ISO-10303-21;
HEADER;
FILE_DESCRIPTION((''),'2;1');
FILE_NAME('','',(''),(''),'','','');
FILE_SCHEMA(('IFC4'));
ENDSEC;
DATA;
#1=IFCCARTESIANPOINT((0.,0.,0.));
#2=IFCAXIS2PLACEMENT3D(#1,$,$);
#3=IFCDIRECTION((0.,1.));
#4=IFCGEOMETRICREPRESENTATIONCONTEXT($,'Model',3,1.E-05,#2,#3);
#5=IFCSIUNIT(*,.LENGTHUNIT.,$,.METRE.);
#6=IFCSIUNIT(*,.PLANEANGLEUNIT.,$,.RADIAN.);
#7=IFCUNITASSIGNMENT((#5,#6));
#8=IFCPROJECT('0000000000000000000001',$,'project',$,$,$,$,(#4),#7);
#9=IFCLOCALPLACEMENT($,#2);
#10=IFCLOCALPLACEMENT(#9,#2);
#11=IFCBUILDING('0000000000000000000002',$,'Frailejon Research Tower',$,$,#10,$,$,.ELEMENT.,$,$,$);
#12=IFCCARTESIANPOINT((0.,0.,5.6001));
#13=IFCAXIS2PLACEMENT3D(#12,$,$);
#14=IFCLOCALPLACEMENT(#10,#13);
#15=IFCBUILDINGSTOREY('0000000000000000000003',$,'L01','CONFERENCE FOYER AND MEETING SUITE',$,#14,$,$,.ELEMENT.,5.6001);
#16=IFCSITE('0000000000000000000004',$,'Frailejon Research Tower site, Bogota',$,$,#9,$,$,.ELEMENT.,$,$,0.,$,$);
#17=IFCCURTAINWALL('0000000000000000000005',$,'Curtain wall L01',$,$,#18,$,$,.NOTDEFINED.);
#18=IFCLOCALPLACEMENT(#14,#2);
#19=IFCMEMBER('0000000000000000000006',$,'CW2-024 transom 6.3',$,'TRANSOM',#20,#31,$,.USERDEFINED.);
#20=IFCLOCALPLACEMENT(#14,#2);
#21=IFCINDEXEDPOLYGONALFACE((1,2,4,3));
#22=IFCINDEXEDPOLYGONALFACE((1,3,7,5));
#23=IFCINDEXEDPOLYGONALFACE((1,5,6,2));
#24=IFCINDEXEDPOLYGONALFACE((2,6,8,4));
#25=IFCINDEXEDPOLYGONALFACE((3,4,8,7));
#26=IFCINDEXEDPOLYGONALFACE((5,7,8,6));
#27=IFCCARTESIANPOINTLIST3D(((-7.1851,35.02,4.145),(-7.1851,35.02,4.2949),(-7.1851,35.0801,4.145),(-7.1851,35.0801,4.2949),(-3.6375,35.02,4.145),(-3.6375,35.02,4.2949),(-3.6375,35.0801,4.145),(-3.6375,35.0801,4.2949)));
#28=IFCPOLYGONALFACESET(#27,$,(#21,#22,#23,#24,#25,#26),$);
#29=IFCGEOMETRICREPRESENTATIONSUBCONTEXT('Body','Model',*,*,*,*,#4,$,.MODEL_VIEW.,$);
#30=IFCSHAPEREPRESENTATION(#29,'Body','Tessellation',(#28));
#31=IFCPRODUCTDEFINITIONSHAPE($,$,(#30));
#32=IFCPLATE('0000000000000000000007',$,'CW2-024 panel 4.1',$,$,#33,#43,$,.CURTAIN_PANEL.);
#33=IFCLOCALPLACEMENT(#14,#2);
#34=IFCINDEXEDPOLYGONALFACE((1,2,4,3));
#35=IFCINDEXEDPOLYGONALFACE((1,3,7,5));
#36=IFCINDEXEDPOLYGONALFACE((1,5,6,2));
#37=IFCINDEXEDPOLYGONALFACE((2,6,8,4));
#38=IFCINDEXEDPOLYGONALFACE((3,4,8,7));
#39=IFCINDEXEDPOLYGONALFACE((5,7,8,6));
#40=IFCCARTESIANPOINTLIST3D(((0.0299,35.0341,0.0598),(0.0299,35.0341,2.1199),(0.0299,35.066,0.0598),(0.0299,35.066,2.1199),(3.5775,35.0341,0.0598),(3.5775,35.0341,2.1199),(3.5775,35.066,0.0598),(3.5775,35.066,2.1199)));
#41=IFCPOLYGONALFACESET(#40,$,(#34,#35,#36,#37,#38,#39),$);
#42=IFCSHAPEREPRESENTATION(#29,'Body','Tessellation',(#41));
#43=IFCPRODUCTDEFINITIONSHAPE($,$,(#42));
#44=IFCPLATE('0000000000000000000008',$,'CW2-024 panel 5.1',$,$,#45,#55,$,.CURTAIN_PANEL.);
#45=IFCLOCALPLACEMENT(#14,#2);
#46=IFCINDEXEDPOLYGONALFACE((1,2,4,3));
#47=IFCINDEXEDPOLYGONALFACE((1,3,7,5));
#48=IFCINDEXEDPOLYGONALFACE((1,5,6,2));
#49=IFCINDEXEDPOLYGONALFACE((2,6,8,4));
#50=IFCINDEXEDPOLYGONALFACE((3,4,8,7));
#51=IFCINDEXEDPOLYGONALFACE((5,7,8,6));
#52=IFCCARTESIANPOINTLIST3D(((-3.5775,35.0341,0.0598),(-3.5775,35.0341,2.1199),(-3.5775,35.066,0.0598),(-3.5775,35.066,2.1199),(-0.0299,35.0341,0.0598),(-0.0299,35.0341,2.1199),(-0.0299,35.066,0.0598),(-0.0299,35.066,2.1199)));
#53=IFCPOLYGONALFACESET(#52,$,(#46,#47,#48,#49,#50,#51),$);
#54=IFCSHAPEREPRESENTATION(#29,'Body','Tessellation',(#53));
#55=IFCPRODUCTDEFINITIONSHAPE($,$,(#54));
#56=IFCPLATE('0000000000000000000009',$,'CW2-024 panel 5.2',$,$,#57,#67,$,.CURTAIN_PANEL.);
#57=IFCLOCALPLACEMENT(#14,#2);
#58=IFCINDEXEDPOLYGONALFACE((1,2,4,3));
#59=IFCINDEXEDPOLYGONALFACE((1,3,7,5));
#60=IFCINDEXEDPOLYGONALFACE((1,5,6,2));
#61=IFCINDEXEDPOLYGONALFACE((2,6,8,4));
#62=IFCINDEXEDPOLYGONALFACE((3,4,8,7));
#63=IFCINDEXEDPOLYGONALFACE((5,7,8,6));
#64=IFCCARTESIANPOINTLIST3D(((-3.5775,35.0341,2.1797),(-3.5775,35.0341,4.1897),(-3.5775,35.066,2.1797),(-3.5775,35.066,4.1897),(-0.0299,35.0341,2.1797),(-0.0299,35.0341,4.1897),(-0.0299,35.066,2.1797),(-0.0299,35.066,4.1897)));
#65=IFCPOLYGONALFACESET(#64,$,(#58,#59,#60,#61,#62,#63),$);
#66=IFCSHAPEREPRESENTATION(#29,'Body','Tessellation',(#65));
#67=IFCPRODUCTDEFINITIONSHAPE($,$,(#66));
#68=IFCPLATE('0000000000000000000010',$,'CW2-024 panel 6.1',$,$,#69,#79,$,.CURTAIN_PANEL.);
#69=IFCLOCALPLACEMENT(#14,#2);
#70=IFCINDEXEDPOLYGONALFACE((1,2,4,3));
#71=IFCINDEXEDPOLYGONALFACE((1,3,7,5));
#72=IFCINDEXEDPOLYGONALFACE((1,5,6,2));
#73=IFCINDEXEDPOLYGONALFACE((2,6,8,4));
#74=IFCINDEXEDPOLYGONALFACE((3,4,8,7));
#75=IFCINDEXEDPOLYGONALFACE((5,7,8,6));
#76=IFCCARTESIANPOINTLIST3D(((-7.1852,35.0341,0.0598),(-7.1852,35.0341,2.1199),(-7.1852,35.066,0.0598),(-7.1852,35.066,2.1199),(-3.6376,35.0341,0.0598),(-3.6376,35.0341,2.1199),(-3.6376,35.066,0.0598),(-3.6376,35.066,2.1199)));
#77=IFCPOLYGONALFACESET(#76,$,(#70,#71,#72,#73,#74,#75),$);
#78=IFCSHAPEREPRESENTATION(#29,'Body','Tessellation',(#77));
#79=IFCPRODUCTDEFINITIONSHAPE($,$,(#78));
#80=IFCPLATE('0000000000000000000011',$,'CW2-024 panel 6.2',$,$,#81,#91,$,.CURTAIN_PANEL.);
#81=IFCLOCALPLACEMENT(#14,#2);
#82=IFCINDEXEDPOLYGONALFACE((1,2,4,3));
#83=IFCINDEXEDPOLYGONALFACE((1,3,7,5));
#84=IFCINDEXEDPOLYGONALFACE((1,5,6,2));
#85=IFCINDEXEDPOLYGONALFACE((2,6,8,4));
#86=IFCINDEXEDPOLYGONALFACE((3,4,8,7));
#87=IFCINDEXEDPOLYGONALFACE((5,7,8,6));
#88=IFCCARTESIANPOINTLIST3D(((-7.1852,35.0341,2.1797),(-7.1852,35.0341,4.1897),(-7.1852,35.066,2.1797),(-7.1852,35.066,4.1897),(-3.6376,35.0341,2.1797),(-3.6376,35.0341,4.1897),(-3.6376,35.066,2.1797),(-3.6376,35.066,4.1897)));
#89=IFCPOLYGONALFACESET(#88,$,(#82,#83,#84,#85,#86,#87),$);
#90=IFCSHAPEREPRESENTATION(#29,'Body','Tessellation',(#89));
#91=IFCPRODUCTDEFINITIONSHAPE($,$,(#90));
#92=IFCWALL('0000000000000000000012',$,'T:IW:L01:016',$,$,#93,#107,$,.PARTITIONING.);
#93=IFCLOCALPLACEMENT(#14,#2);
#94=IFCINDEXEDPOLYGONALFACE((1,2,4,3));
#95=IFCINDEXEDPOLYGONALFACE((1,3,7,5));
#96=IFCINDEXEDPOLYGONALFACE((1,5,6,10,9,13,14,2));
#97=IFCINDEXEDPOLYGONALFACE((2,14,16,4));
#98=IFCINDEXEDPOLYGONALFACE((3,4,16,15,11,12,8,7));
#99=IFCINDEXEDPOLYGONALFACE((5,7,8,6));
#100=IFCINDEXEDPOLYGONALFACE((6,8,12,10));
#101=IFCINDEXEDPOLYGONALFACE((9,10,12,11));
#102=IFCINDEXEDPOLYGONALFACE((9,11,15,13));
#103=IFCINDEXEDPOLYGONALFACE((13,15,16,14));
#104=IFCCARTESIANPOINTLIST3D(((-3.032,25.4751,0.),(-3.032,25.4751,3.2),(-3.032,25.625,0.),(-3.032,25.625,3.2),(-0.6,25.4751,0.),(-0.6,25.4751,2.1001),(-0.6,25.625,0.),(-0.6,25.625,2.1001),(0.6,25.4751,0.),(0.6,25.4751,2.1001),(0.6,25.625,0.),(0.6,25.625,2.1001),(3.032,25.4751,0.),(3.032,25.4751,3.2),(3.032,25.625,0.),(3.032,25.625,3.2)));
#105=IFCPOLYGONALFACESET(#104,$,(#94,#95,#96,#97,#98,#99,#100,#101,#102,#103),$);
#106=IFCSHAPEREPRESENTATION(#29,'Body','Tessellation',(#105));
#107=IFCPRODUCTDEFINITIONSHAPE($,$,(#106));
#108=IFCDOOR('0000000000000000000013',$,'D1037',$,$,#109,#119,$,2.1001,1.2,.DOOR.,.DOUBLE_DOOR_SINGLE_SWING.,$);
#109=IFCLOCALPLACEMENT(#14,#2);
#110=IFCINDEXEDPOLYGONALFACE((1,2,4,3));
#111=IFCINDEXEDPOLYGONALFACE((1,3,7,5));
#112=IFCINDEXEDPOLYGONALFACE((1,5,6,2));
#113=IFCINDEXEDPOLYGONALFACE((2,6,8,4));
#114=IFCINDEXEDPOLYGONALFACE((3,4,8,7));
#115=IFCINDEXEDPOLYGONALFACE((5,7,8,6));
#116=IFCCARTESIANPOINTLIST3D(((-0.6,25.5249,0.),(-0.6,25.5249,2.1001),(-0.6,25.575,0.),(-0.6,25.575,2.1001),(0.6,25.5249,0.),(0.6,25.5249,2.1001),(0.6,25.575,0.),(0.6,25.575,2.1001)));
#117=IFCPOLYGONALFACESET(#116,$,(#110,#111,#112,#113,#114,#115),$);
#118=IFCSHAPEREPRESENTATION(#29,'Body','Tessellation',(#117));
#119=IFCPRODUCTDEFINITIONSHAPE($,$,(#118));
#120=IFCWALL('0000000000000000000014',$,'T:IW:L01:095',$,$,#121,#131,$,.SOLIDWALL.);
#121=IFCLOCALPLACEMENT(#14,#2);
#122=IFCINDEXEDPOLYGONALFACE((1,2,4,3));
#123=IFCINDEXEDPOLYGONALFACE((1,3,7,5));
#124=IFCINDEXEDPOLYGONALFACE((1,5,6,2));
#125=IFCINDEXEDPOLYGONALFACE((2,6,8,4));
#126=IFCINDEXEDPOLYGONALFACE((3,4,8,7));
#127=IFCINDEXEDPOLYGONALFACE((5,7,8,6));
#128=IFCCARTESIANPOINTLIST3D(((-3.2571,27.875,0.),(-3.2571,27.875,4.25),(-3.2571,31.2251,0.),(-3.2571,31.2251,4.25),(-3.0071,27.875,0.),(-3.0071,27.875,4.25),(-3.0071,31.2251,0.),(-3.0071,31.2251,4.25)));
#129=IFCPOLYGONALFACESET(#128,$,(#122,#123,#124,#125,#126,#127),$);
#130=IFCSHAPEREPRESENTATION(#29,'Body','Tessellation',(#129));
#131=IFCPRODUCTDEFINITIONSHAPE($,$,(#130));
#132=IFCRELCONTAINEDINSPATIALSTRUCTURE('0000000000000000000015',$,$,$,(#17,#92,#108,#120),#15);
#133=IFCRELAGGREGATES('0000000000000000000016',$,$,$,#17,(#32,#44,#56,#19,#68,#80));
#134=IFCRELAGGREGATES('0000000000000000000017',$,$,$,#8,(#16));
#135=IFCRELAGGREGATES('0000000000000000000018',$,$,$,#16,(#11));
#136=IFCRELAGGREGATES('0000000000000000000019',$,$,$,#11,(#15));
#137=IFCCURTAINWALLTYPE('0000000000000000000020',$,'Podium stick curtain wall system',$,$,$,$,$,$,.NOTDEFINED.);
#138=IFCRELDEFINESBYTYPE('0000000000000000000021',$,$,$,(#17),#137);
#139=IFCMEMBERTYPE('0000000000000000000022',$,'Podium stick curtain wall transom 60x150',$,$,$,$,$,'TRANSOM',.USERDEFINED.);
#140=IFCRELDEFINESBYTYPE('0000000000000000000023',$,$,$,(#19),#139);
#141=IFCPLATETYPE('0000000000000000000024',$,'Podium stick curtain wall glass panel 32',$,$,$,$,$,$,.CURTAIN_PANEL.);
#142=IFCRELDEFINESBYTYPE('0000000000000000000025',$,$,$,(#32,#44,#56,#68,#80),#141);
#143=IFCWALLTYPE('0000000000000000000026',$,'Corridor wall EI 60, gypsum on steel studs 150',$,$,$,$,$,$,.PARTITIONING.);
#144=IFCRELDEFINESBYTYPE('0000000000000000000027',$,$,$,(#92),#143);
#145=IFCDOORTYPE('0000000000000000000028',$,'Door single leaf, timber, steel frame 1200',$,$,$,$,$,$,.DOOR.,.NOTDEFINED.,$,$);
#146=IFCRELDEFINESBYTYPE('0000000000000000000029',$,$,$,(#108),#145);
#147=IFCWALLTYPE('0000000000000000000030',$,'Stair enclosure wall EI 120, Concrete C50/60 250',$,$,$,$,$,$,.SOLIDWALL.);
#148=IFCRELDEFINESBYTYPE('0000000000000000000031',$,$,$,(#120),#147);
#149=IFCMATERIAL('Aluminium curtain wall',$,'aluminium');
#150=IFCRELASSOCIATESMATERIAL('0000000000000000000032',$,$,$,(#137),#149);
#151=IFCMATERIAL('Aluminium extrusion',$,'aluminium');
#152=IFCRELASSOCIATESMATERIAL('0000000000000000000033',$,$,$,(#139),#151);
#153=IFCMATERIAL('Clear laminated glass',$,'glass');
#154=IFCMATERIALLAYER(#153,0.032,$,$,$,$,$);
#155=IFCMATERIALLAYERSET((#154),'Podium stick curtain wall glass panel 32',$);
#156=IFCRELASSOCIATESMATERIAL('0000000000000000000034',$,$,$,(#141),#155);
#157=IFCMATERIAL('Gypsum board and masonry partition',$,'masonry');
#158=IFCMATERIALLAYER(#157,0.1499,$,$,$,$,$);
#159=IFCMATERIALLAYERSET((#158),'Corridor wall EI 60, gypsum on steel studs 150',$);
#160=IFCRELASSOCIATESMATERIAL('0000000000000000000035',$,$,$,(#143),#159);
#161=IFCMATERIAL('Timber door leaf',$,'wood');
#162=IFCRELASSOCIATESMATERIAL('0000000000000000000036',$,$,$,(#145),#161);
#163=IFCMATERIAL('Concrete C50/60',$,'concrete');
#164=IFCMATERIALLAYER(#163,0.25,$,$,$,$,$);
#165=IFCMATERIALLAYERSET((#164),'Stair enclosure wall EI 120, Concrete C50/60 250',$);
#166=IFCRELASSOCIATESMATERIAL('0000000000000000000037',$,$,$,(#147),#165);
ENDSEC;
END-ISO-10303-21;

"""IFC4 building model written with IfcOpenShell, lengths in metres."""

from ifc_helpers import new_model, si_unit, direction, frame, frame_2d, origin, origin_2d, place, context, subcontext, project, spatial, rectangle, extrude, material, layer, layer_set, material_profile, profile_set, type_object, element, fill, aggregate, save


model = new_model("IFC4")

# Units and contexts
model_context = context("Model", 3, precision=1e-05, world=origin(), true_north=direction((0.0, 1.0)))
body_context = subcontext(model_context, "Body", "Model", "MODEL_VIEW")
ifc_project = project(units=[si_unit("LENGTHUNIT", "METRE"), si_unit("PLANEANGLEUNIT", "RADIAN")], contexts=[model_context])

# Site, building, storey
site_placement = place(None, origin())
site = spatial("IfcSite", under=ifc_project, at=site_placement, Name="Frailejon Research Tower site, Bogota", CompositionType="ELEMENT", RefElevation=0.0)
building_placement = place(site_placement, origin())
building = spatial("IfcBuilding", under=site, at=building_placement, Name="Frailejon Research Tower", CompositionType="ELEMENT")
storey_placement = place(building_placement, frame((0.0, 0.0, 5.6001)))
storey = spatial("IfcBuildingStorey", under=building, at=storey_placement, Name="L01", Description="CONFERENCE FOYER AND MEETING SUITE", CompositionType="ELEMENT", Elevation=5.6001)

# Curtain wall, member, plates
ifc_material_1 = material(Name="Aluminium curtain wall", Category="aluminium")
curtain_wall_type = type_object("IfcCurtainWallType", Name="Podium stick curtain wall system", PredefinedType="NOTDEFINED", material=ifc_material_1)
curtain_wall_placement = place(storey_placement, origin())
curtain_wall = element("IfcCurtainWall", 1, at=curtain_wall_placement, inside=storey, type_object=curtain_wall_type, Name="Curtain wall L01", PredefinedType="NOTDEFINED")
ifc_material_2 = material(Name="Aluminium extrusion", Category="aluminium")
ifc_material_profile_1 = material_profile(ifc_material_2, rectangle(XDim=0.0601, YDim=0.1499, at=origin_2d()), Name="Podium stick curtain wall transom 60x150")
ifc_profile_set_1 = profile_set([ifc_material_profile_1], Name="Aluminium extrusion")
member_type_1 = type_object("IfcMemberType", Name="Podium stick curtain wall transom 60x150", ElementType="TRANSOM", PredefinedType="USERDEFINED", material=ifc_profile_set_1)
member_1_placement = place(storey_placement, frame((-3.6375, 35.05, 4.22), z_axis=(-1.0, 0.0, 0.0), x_axis=(0.0, -1.0, 0.0)))
member_1 = element("IfcMember", 2, at=member_1_placement, type_object=member_type_1, Name="CW2-024 transom 6.3", ObjectType="TRANSOM", PredefinedType="USERDEFINED", context=body_context, shape_type="SweptSolid", body=[
    extrude(rectangle(XDim=0.0601, YDim=0.1499, at=origin_2d()), origin(), (0.0, 0.0, 1.0), 3.5476),
])
ifc_material_3 = material(Name="Clear laminated glass", Category="glass")
ifc_layer_1 = layer(ifc_material_3, 0.032)
ifc_layer_set_1 = layer_set([ifc_layer_1], Name="Podium stick curtain wall glass panel 32")
plate_type = type_object("IfcPlateType", Name="Podium stick curtain wall glass panel 32", PredefinedType="CURTAIN_PANEL", material=ifc_layer_set_1)
plate_1_placement = place(storey_placement, frame((1.8037, 35.05, 0.0598), z_axis=(0.0, 0.0, 1.0), x_axis=(-1.0, 0.0, 0.0)))
plate_1 = element("IfcPlate", 3, at=plate_1_placement, type_object=plate_type, Name="CW2-024 panel 4.1", PredefinedType="CURTAIN_PANEL", context=body_context, shape_type="SweptSolid", body=[
    extrude(rectangle(XDim=3.5476, YDim=0.032, at=origin_2d()), origin(), (0.0, 0.0, 1.0), 2.0601),
])
plate_2_placement = place(storey_placement, frame((-1.8037, 35.05, 0.0598), z_axis=(0.0, 0.0, 1.0), x_axis=(-1.0, 0.0, 0.0)))
plate_2 = element("IfcPlate", 4, at=plate_2_placement, type_object=plate_type, Name="CW2-024 panel 5.1", PredefinedType="CURTAIN_PANEL", context=body_context, shape_type="SweptSolid", body=[
    extrude(rectangle(XDim=3.5476, YDim=0.032, at=origin_2d()), origin(), (0.0, 0.0, 1.0), 2.0601),
])
plate_3_placement = place(storey_placement, frame((-1.8037, 35.05, 2.1797), z_axis=(0.0, 0.0, 1.0), x_axis=(-1.0, 0.0, 0.0)))
plate_3 = element("IfcPlate", 5, at=plate_3_placement, type_object=plate_type, Name="CW2-024 panel 5.2", PredefinedType="CURTAIN_PANEL", context=body_context, shape_type="SweptSolid", body=[
    extrude(rectangle(XDim=3.5476, YDim=0.032, at=origin_2d()), origin(), (0.0, 0.0, 1.0), 2.01),
])
plate_4_placement = place(storey_placement, frame((-5.4114, 35.05, 0.0598), z_axis=(0.0, 0.0, 1.0), x_axis=(-1.0, 0.0, 0.0)))
plate_4 = element("IfcPlate", 6, at=plate_4_placement, type_object=plate_type, Name="CW2-024 panel 6.1", PredefinedType="CURTAIN_PANEL", context=body_context, shape_type="SweptSolid", body=[
    extrude(rectangle(XDim=3.5476, YDim=0.032, at=origin_2d()), origin(), (0.0, 0.0, 1.0), 2.0601),
])
plate_5_placement = place(storey_placement, frame((-5.4114, 35.05, 2.1797), z_axis=(0.0, 0.0, 1.0), x_axis=(-1.0, 0.0, 0.0)))
plate_5 = element("IfcPlate", 7, at=plate_5_placement, type_object=plate_type, Name="CW2-024 panel 6.2", PredefinedType="CURTAIN_PANEL", context=body_context, shape_type="SweptSolid", body=[
    extrude(rectangle(XDim=3.5476, YDim=0.032, at=origin_2d()), origin(), (0.0, 0.0, 1.0), 2.01),
])
aggregate(curtain_wall, [plate_1, plate_2, plate_3, member_1, plate_4, plate_5])

# Wall, opening, door
ifc_material_4 = material(Name="Gypsum board and masonry partition", Category="masonry")
ifc_layer_2 = layer(ifc_material_4, 0.1499)
ifc_layer_set_2 = layer_set([ifc_layer_2], Name="Corridor wall EI 60, gypsum on steel studs 150")
wall_type_1 = type_object("IfcWallType", Name="Corridor wall EI 60, gypsum on steel studs 150", PredefinedType="PARTITIONING", material=ifc_layer_set_2)
wall_1_placement = place(storey_placement, frame((-3.032, 25.55, 0.0), z_axis=(0.0, 0.0, 1.0), x_axis=(1.0, 0.0, 0.0)))
wall_1 = element("IfcWall", 8, at=wall_1_placement, inside=storey, type_object=wall_type_1, Name="T:IW:L01:016", PredefinedType="PARTITIONING", context=body_context, shape_type="SweptSolid", body=[
    extrude(rectangle(XDim=6.064, YDim=0.1499, at=frame_2d((3.032, 0.0))), origin(), (0.0, 0.0, 1.0), 3.2),
])
opening_placement = place(wall_1_placement, frame((2.4319, 0.0, 0.0)))
opening = element("IfcOpeningElement", 9, at=opening_placement, cuts=wall_1, PredefinedType="OPENING", context=body_context, shape_type="SweptSolid", body=[
    extrude(rectangle(XDim=1.2, YDim=2.1001, at=frame_2d((0.6001, 1.05))), frame((0.0, 0.085, 0.0), z_axis=(0.0, -1.0, 0.0), x_axis=(1.0, 0.0, 0.0)), (0.0, 0.0, 1.0), 0.1699),
])
ifc_material_5 = material(Name="Timber door leaf", Category="wood")
door_type = type_object("IfcDoorType", Name="Door single leaf, timber, steel frame 1200", OperationType="NOTDEFINED", PredefinedType="DOOR", material=ifc_material_5)
door_placement = place(opening_placement, origin())
door = element("IfcDoor", 10, at=door_placement, inside=storey, type_object=door_type, Name="D1037", OperationType="DOUBLE_DOOR_SINGLE_SWING", OverallHeight=2.1001, OverallWidth=1.2, PredefinedType="DOOR", context=body_context, shape_type="SweptSolid", body=[
    extrude(rectangle(XDim=1.2, YDim=2.1001, at=frame_2d((0.6001, 1.05))), frame((0.0, 0.0249, 0.0), z_axis=(0.0, -1.0, 0.0), x_axis=(1.0, 0.0, 0.0)), (0.0, 0.0, 1.0), 0.05),
])
fill(opening, door)

# Wall
ifc_material_6 = material(Name="Concrete C50/60", Category="concrete")
ifc_layer_3 = layer(ifc_material_6, 0.25)
ifc_layer_set_3 = layer_set([ifc_layer_3], Name="Stair enclosure wall EI 120, Concrete C50/60 250")
wall_type_2 = type_object("IfcWallType", Name="Stair enclosure wall EI 120, Concrete C50/60 250", PredefinedType="SOLIDWALL", material=ifc_layer_set_3)
wall_2_placement = place(storey_placement, frame((-3.1321, 27.875, 0.0), z_axis=(0.0, 0.0, 1.0), x_axis=(0.0, 1.0, 0.0)))
element("IfcWall", 11, at=wall_2_placement, inside=storey, type_object=wall_type_2, Name="T:IW:L01:095", PredefinedType="SOLIDWALL", context=body_context, shape_type="SweptSolid", body=[
    extrude(rectangle(XDim=3.3501, YDim=0.25, at=frame_2d((1.675, 0.0))), origin(), (0.0, 0.0, 1.0), 4.25),
])

save(model, "model.ifc")
